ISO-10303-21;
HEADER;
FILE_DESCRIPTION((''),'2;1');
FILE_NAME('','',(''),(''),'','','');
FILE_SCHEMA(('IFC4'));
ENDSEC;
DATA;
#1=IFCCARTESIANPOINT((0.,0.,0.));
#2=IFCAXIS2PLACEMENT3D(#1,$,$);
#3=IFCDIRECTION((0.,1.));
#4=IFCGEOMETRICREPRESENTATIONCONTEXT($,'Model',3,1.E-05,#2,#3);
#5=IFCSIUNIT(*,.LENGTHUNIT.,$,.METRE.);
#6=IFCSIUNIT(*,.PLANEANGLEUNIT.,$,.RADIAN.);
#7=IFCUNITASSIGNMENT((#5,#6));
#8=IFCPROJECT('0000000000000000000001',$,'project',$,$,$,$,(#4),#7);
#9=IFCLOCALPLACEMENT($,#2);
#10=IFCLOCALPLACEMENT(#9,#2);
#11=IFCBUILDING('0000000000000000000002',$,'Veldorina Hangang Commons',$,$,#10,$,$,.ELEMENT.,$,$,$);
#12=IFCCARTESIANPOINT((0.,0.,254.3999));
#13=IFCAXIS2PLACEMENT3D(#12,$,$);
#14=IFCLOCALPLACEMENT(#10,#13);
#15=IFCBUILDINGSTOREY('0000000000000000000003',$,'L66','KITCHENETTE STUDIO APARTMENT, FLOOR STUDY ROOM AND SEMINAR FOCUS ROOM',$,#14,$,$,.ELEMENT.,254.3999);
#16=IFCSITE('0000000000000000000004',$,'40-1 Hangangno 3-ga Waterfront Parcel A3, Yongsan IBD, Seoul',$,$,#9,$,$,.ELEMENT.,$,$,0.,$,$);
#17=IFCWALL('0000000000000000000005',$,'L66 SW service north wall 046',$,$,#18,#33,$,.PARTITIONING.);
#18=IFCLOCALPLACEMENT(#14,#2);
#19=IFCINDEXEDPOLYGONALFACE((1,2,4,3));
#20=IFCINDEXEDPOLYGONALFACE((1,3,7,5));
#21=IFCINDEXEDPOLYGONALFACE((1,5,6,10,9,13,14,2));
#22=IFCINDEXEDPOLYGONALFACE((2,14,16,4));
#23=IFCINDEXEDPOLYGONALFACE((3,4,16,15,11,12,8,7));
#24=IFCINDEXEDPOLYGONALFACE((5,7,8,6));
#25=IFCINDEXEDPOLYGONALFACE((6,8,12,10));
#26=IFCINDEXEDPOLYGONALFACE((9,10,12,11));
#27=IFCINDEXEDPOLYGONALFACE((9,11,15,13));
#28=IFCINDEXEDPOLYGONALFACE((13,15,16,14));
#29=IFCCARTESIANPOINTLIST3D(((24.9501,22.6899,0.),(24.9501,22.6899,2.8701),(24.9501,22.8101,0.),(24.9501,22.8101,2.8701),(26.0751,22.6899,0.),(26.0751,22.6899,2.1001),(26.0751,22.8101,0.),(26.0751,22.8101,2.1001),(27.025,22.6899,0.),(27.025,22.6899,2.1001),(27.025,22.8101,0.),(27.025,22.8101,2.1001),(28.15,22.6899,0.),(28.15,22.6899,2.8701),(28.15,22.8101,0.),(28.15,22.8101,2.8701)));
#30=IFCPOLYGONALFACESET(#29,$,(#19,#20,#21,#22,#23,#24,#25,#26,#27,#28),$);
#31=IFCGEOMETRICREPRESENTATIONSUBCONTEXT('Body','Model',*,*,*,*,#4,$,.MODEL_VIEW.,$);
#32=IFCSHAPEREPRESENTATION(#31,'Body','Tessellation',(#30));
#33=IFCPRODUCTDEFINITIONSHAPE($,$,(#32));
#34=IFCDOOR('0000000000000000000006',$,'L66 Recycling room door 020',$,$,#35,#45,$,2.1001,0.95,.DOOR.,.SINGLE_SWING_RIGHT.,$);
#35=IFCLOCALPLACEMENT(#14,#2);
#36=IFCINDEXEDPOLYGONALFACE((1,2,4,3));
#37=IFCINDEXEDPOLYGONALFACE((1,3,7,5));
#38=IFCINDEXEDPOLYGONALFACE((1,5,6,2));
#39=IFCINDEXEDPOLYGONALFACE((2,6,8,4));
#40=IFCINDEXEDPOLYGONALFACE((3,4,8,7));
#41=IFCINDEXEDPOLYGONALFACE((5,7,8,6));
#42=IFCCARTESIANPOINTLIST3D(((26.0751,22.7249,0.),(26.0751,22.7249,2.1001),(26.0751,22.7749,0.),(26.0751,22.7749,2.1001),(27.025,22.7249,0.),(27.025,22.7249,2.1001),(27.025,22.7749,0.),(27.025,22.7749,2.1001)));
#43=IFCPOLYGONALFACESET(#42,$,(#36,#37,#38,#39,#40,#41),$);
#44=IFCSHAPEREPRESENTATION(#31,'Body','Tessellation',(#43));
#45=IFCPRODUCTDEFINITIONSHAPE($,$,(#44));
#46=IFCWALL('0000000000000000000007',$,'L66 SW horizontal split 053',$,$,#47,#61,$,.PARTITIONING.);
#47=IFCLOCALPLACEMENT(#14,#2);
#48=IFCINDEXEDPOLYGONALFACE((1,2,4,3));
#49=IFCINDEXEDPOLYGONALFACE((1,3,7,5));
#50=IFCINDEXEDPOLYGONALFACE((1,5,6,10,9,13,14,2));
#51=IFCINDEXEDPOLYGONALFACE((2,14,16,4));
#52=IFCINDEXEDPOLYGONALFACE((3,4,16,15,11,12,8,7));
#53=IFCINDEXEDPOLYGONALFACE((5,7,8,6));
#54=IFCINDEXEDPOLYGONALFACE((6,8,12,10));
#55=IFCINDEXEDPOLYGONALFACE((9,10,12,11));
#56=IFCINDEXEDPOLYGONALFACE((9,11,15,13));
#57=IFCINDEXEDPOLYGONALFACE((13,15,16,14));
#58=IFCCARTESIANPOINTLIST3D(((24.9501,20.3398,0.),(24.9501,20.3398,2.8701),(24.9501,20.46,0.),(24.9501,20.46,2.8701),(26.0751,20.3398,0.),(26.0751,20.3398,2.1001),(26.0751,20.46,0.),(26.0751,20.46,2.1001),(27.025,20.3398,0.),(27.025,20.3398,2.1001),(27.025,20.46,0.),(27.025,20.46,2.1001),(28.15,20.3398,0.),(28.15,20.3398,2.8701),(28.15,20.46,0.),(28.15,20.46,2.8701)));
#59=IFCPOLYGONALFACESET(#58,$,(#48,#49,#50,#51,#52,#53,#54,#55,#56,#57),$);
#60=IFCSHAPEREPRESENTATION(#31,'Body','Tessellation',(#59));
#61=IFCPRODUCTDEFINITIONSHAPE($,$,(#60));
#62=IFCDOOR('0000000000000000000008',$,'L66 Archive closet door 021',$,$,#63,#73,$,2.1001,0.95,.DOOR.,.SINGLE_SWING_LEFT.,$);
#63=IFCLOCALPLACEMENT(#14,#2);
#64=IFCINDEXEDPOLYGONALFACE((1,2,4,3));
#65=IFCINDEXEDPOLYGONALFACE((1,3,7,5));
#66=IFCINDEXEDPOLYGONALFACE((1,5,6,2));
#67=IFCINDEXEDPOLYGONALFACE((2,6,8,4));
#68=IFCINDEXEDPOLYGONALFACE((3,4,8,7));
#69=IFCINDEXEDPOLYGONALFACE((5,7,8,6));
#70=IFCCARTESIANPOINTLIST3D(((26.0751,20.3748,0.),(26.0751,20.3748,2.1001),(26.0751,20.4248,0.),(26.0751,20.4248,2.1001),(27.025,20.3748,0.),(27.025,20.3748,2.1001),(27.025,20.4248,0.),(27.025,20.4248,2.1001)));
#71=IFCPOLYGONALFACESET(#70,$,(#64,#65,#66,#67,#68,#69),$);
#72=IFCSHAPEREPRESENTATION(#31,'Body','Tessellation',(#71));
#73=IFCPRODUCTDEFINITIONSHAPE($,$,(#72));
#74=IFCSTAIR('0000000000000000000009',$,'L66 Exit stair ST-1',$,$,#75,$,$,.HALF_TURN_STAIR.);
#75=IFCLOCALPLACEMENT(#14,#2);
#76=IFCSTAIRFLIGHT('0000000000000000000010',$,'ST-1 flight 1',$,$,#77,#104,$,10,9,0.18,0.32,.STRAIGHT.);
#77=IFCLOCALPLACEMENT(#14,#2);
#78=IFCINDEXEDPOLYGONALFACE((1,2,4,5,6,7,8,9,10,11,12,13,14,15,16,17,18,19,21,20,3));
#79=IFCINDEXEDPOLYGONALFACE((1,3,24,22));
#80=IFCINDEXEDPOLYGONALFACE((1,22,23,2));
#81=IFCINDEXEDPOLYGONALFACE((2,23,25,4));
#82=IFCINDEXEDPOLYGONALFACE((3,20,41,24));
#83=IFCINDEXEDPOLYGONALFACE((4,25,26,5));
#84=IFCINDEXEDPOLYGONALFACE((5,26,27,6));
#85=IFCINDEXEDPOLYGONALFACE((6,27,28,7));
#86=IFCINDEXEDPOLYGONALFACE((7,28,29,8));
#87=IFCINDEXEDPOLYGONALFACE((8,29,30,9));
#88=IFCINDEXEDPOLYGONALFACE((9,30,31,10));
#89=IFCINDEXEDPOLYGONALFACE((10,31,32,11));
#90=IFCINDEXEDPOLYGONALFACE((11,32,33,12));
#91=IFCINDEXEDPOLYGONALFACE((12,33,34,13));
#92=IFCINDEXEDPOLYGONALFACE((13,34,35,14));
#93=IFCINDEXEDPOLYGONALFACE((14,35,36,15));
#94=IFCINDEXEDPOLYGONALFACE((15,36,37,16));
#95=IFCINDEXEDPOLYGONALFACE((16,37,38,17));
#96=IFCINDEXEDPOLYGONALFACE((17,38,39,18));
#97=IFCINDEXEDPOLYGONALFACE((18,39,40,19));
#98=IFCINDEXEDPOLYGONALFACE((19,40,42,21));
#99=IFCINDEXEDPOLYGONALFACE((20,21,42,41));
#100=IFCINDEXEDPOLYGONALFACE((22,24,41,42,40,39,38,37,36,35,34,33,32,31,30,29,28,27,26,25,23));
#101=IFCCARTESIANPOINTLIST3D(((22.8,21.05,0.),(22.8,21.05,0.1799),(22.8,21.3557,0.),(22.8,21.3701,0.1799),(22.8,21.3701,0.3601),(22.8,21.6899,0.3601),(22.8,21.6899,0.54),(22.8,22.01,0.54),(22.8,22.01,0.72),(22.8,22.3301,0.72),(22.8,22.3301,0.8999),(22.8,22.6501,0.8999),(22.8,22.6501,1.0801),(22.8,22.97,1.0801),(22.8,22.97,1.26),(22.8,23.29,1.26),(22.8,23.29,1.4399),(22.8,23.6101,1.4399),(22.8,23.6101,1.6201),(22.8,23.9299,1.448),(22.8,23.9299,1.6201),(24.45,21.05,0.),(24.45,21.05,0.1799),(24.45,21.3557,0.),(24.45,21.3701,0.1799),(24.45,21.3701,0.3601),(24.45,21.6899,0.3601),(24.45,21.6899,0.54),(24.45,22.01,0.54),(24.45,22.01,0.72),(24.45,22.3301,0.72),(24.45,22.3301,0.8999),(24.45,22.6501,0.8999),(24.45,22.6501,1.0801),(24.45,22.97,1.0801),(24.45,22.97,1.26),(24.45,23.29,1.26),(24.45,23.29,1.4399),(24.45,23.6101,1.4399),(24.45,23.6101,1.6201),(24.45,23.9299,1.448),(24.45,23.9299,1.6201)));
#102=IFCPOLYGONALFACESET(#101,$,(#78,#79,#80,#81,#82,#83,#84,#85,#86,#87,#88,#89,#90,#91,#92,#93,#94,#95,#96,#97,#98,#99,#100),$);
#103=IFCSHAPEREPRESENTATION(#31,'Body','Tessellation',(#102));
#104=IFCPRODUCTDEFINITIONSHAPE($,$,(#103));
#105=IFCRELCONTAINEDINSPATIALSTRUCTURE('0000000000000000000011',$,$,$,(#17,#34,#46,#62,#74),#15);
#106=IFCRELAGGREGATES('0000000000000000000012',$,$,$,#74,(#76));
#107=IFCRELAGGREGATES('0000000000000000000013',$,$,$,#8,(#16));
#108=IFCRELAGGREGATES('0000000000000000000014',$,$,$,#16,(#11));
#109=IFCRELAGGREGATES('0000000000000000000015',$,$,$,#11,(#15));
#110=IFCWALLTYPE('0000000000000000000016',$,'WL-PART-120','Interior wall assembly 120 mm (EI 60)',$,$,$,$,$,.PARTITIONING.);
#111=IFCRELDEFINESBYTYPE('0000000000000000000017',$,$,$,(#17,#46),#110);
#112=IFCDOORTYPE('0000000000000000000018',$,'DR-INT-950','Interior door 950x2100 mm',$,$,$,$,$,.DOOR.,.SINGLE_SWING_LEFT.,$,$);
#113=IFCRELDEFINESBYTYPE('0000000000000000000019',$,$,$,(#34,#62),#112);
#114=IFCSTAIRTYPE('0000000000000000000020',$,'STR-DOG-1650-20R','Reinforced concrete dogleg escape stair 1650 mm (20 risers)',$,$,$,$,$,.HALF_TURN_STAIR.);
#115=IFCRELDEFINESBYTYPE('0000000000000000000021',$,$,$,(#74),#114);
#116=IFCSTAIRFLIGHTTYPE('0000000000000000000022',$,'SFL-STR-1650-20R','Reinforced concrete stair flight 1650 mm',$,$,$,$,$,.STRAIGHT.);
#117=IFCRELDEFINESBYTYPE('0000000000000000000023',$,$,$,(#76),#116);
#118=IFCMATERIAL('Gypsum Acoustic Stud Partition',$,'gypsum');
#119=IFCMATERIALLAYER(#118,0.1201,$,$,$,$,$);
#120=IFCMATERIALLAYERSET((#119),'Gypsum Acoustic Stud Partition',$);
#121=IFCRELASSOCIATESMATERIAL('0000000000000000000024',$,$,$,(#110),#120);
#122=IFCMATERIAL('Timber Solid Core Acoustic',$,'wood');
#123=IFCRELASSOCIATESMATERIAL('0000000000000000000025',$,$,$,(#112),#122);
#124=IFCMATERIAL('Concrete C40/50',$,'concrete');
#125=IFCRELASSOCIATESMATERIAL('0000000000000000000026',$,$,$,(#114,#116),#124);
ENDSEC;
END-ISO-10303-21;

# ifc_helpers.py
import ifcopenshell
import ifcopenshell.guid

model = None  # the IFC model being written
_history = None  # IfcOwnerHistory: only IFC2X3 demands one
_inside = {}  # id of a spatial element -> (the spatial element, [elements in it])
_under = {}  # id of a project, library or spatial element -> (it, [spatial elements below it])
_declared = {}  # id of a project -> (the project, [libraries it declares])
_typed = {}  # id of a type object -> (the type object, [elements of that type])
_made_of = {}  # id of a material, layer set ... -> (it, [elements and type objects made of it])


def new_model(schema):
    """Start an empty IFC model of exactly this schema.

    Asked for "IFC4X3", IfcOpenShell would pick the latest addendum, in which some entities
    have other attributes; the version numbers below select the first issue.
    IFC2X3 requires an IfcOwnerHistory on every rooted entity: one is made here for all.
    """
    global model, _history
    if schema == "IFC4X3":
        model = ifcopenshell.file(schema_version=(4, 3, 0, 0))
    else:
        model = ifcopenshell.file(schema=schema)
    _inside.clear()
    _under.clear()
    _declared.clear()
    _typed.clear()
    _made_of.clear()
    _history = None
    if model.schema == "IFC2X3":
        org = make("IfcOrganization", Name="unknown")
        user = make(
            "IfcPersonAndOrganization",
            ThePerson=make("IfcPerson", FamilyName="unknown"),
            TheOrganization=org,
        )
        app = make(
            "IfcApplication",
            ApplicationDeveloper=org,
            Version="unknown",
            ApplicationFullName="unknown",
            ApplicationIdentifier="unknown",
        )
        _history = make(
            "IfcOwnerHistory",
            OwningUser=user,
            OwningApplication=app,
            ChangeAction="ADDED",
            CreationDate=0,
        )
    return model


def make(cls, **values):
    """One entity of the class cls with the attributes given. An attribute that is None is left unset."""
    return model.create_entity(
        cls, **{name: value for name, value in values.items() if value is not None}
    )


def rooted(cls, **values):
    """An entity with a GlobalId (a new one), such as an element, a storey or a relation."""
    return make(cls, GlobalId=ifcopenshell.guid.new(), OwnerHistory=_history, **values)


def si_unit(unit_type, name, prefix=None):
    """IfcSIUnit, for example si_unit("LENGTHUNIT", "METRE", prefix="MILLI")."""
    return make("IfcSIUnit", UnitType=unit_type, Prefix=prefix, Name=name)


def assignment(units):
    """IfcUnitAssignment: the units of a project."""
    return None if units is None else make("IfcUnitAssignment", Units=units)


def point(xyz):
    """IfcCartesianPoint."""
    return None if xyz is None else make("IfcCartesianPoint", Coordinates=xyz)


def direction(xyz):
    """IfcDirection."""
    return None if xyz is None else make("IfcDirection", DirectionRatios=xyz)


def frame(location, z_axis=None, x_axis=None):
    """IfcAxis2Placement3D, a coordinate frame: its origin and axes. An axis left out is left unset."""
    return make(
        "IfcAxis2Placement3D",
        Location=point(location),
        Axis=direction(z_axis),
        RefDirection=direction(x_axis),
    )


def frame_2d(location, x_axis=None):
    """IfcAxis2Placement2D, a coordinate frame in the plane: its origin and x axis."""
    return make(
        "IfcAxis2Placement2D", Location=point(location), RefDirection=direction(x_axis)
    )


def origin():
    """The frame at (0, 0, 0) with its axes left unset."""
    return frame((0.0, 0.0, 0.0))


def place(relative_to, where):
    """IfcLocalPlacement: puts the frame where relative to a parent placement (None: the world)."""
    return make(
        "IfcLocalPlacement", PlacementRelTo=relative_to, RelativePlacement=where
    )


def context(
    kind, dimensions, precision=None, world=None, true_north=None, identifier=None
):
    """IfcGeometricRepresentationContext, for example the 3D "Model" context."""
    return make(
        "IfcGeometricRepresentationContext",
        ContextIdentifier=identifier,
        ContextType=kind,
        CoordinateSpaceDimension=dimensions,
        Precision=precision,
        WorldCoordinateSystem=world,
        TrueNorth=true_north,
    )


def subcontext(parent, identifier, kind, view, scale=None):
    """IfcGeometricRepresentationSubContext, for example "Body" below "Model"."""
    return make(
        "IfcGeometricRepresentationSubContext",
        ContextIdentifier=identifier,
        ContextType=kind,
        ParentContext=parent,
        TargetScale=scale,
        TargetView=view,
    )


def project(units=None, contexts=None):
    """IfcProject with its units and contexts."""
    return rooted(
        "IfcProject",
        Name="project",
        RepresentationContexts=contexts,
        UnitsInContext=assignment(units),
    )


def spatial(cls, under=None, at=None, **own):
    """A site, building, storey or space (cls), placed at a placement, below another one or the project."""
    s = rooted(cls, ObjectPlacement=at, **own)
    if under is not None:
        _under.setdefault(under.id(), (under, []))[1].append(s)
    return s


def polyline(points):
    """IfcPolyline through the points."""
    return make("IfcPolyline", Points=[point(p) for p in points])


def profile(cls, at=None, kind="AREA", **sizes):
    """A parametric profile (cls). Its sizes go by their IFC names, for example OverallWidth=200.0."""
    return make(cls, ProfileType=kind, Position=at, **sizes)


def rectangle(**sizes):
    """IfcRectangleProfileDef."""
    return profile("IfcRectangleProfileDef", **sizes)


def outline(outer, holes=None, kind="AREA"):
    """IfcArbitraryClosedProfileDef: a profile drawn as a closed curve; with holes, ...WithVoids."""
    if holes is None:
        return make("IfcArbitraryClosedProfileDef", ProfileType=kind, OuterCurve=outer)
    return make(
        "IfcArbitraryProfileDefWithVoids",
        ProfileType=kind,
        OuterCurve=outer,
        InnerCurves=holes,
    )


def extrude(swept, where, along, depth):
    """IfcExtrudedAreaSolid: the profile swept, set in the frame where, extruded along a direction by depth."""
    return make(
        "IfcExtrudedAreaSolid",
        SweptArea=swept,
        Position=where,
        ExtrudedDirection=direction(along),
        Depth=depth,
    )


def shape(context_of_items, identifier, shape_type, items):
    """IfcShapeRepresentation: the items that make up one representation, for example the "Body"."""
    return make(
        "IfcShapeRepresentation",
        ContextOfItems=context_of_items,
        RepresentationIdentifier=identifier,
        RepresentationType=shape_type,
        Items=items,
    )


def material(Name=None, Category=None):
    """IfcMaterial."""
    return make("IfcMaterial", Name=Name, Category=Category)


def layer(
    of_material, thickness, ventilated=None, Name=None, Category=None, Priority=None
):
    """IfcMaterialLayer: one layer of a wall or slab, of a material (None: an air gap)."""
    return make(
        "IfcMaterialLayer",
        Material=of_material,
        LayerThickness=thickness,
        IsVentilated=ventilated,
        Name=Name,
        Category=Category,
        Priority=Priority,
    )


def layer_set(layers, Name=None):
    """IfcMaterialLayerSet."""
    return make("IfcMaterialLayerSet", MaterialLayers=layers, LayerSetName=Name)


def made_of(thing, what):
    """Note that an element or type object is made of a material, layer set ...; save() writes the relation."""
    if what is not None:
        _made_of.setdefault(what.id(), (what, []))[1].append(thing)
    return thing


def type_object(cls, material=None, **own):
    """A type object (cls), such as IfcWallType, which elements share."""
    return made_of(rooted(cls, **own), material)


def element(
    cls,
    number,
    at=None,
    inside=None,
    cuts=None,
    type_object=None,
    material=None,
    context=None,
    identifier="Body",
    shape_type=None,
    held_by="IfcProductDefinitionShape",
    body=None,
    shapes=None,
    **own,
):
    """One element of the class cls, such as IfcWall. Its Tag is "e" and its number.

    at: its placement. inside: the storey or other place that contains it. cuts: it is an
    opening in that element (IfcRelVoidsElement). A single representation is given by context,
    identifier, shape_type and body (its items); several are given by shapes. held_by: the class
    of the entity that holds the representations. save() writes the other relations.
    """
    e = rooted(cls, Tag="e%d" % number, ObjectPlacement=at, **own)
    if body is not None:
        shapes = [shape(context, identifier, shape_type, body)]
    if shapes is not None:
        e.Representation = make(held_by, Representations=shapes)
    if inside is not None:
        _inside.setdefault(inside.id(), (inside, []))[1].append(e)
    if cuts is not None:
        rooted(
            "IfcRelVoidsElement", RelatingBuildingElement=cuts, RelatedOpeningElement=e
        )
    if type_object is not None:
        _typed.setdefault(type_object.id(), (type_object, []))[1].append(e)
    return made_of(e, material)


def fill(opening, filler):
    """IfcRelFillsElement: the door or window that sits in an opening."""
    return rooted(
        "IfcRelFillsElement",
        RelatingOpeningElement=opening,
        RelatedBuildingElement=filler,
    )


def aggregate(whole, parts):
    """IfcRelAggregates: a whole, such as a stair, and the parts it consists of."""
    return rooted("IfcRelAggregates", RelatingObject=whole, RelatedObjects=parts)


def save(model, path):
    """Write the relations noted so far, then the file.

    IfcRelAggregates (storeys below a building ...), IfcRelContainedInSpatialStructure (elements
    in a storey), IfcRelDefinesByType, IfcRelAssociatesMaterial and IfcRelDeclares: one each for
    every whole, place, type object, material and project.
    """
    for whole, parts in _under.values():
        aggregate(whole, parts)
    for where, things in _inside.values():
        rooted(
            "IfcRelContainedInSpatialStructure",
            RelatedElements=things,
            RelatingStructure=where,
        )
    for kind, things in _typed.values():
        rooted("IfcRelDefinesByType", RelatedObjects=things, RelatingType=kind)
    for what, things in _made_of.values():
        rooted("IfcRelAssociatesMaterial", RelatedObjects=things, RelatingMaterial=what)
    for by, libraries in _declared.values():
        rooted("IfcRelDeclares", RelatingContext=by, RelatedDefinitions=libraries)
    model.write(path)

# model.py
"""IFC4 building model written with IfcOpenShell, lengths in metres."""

from ifc_helpers import new_model, si_unit, direction, frame, frame_2d, origin, place, context, subcontext, project, spatial, polyline, rectangle, outline, extrude, material, layer, layer_set, type_object, element, fill, aggregate, save


model = new_model("IFC4")

# Units and contexts
model_context = context("Model", 3, precision=1e-05, world=origin(), true_north=direction((0.0, 1.0)))
body_context = subcontext(model_context, "Body", "Model", "MODEL_VIEW")
ifc_project = project(units=[si_unit("LENGTHUNIT", "METRE"), si_unit("PLANEANGLEUNIT", "RADIAN")], contexts=[model_context])

# Site, building, storey
site_placement = place(None, origin())
site = spatial("IfcSite", under=ifc_project, at=site_placement, Name="40-1 Hangangno 3-ga Waterfront Parcel A3, Yongsan IBD, Seoul", CompositionType="ELEMENT", RefElevation=0.0)
building_placement = place(site_placement, origin())
building = spatial("IfcBuilding", under=site, at=building_placement, Name="Veldorina Hangang Commons", CompositionType="ELEMENT")
storey_placement = place(building_placement, frame((0.0, 0.0, 254.3999)))
storey = spatial("IfcBuildingStorey", under=building, at=storey_placement, Name="L66", Description="KITCHENETTE STUDIO APARTMENT, FLOOR STUDY ROOM AND SEMINAR FOCUS ROOM", CompositionType="ELEMENT", Elevation=254.3999)

# Walls, openings, doors
ifc_material_1 = material(Name="Gypsum Acoustic Stud Partition", Category="gypsum")
ifc_layer_1 = layer(ifc_material_1, 0.1201)
ifc_layer_set_1 = layer_set([ifc_layer_1], Name="Gypsum Acoustic Stud Partition")
wall_type_1 = type_object("IfcWallType", Name="WL-PART-120", Description="Interior wall assembly 120 mm (EI 60)", PredefinedType="PARTITIONING", material=ifc_layer_set_1)
wall_1_placement = place(storey_placement, frame((24.95, 22.75, 0.0), z_axis=(0.0, 0.0, 1.0), x_axis=(1.0, 0.0, 0.0)))
wall_1 = element("IfcWall", 1, at=wall_1_placement, inside=storey, type_object=wall_type_1, Name="L66 SW service north wall 046", PredefinedType="PARTITIONING", context=body_context, shape_type="SweptSolid", body=[
    extrude(rectangle(XDim=3.2, YDim=0.1201, at=frame_2d((1.6001, 0.0))), origin(), (0.0, 0.0, 1.0), 2.8701),
])
opening_1_placement = place(wall_1_placement, frame((1.125, 0.0, 0.0)))
opening_1 = element("IfcOpeningElement", 2, at=opening_1_placement, cuts=wall_1, PredefinedType="OPENING", context=body_context, shape_type="SweptSolid", body=[
    extrude(rectangle(XDim=0.95, YDim=2.1001, at=frame_2d((0.4751, 1.05))), frame((0.0, 0.0701, 0.0), z_axis=(0.0, -1.0, 0.0), x_axis=(1.0, 0.0, 0.0)), (0.0, 0.0, 1.0), 0.1401),
])
ifc_material_2 = material(Name="Timber Solid Core Acoustic", Category="wood")
door_type_1 = type_object("IfcDoorType", Name="DR-INT-950", Description="Interior door 950x2100 mm", OperationType="SINGLE_SWING_LEFT", PredefinedType="DOOR", material=ifc_material_2)
door_1_placement = place(opening_1_placement, origin())
door_1 = element("IfcDoor", 3, at=door_1_placement, inside=storey, type_object=door_type_1, Name="L66 Recycling room door 020", OperationType="SINGLE_SWING_RIGHT", OverallHeight=2.1001, OverallWidth=0.95, PredefinedType="DOOR", context=body_context, shape_type="SweptSolid", body=[
    extrude(rectangle(XDim=0.95, YDim=2.1001, at=frame_2d((0.4751, 1.05))), frame((0.0, 0.0249, 0.0), z_axis=(0.0, -1.0, 0.0), x_axis=(1.0, 0.0, 0.0)), (0.0, 0.0, 1.0), 0.05),
])
fill(opening_1, door_1)
wall_2_placement = place(storey_placement, frame((24.95, 20.3999, 0.0), z_axis=(0.0, 0.0, 1.0), x_axis=(1.0, 0.0, 0.0)))
wall_2 = element("IfcWall", 4, at=wall_2_placement, inside=storey, type_object=wall_type_1, Name="L66 SW horizontal split 053", PredefinedType="PARTITIONING", context=body_context, shape_type="SweptSolid", body=[
    extrude(rectangle(XDim=3.2, YDim=0.1201, at=frame_2d((1.6001, 0.0))), origin(), (0.0, 0.0, 1.0), 2.8701),
])
opening_2_placement = place(wall_2_placement, frame((1.125, 0.0, 0.0)))
opening_2 = element("IfcOpeningElement", 5, at=opening_2_placement, cuts=wall_2, PredefinedType="OPENING", context=body_context, shape_type="SweptSolid", body=[
    extrude(rectangle(XDim=0.95, YDim=2.1001, at=frame_2d((0.4751, 1.05))), frame((0.0, 0.0701, 0.0), z_axis=(0.0, -1.0, 0.0), x_axis=(1.0, 0.0, 0.0)), (0.0, 0.0, 1.0), 0.1401),
])
door_2_placement = place(opening_2_placement, origin())
door_2 = element("IfcDoor", 6, at=door_2_placement, inside=storey, type_object=door_type_1, Name="L66 Archive closet door 021", OperationType="SINGLE_SWING_LEFT", OverallHeight=2.1001, OverallWidth=0.95, PredefinedType="DOOR", context=body_context, shape_type="SweptSolid", body=[
    extrude(rectangle(XDim=0.95, YDim=2.1001, at=frame_2d((0.4751, 1.05))), frame((0.0, 0.0249, 0.0), z_axis=(0.0, -1.0, 0.0), x_axis=(1.0, 0.0, 0.0)), (0.0, 0.0, 1.0), 0.05),
])
fill(opening_2, door_2)

# Stair, stair flight
ifc_material_3 = material(Name="Concrete C40/50", Category="concrete")
stair_type = type_object("IfcStairType", Name="STR-DOG-1650-20R", Description="Reinforced concrete dogleg escape stair 1650 mm (20 risers)", PredefinedType="HALF_TURN_STAIR", material=ifc_material_3)
stair_placement = place(storey_placement, origin())
stair = element("IfcStair", 7, at=stair_placement, inside=storey, type_object=stair_type, Name="L66 Exit stair ST-1", PredefinedType="HALF_TURN_STAIR")
stair_flight_type = type_object("IfcStairFlightType", Name="SFL-STR-1650-20R", Description="Reinforced concrete stair flight 1650 mm", PredefinedType="STRAIGHT", material=ifc_material_3)
stair_flight_placement = place(storey_placement, frame((23.625, 21.05, 0.0), z_axis=(0.0, 0.0, 1.0), x_axis=(0.0, 1.0, 0.0)))
stair_flight = element("IfcStairFlight", 8, at=stair_flight_placement, type_object=stair_flight_type, Name="ST-1 flight 1", NumberOfRisers=10, NumberOfTreads=9, PredefinedType="STRAIGHT", RiserHeight=0.18, TreadLength=0.32, context=body_context, shape_type="SweptSolid", body=[
    extrude(outline(polyline([(0.0, 0.0), (0.0, 0.1799), (0.3201, 0.1799), (0.3201, 0.3601), (0.6399, 0.3601), (0.6399, 0.54), (0.96, 0.54), (0.96, 0.72), (1.28, 0.72), (1.28, 0.8999), (1.6001, 0.8999), (1.6001, 1.0801), (1.9199, 1.0801), (1.9199, 1.26), (2.24, 1.26), (2.24, 1.4399), (2.5601, 1.4399), (2.5601, 1.6201), (2.8799, 1.6201), (2.8799, 1.8), (2.8799, 1.448), (0.3057, 0.0), (0.0, 0.0)])), frame((0.0, 0.825, 0.0), z_axis=(0.0, -1.0, 0.0), x_axis=(1.0, 0.0, 0.0)), (0.0, 0.0, 1.0), 1.6499),
])
aggregate(stair, [stair_flight])

save(model, "model.ifc")
